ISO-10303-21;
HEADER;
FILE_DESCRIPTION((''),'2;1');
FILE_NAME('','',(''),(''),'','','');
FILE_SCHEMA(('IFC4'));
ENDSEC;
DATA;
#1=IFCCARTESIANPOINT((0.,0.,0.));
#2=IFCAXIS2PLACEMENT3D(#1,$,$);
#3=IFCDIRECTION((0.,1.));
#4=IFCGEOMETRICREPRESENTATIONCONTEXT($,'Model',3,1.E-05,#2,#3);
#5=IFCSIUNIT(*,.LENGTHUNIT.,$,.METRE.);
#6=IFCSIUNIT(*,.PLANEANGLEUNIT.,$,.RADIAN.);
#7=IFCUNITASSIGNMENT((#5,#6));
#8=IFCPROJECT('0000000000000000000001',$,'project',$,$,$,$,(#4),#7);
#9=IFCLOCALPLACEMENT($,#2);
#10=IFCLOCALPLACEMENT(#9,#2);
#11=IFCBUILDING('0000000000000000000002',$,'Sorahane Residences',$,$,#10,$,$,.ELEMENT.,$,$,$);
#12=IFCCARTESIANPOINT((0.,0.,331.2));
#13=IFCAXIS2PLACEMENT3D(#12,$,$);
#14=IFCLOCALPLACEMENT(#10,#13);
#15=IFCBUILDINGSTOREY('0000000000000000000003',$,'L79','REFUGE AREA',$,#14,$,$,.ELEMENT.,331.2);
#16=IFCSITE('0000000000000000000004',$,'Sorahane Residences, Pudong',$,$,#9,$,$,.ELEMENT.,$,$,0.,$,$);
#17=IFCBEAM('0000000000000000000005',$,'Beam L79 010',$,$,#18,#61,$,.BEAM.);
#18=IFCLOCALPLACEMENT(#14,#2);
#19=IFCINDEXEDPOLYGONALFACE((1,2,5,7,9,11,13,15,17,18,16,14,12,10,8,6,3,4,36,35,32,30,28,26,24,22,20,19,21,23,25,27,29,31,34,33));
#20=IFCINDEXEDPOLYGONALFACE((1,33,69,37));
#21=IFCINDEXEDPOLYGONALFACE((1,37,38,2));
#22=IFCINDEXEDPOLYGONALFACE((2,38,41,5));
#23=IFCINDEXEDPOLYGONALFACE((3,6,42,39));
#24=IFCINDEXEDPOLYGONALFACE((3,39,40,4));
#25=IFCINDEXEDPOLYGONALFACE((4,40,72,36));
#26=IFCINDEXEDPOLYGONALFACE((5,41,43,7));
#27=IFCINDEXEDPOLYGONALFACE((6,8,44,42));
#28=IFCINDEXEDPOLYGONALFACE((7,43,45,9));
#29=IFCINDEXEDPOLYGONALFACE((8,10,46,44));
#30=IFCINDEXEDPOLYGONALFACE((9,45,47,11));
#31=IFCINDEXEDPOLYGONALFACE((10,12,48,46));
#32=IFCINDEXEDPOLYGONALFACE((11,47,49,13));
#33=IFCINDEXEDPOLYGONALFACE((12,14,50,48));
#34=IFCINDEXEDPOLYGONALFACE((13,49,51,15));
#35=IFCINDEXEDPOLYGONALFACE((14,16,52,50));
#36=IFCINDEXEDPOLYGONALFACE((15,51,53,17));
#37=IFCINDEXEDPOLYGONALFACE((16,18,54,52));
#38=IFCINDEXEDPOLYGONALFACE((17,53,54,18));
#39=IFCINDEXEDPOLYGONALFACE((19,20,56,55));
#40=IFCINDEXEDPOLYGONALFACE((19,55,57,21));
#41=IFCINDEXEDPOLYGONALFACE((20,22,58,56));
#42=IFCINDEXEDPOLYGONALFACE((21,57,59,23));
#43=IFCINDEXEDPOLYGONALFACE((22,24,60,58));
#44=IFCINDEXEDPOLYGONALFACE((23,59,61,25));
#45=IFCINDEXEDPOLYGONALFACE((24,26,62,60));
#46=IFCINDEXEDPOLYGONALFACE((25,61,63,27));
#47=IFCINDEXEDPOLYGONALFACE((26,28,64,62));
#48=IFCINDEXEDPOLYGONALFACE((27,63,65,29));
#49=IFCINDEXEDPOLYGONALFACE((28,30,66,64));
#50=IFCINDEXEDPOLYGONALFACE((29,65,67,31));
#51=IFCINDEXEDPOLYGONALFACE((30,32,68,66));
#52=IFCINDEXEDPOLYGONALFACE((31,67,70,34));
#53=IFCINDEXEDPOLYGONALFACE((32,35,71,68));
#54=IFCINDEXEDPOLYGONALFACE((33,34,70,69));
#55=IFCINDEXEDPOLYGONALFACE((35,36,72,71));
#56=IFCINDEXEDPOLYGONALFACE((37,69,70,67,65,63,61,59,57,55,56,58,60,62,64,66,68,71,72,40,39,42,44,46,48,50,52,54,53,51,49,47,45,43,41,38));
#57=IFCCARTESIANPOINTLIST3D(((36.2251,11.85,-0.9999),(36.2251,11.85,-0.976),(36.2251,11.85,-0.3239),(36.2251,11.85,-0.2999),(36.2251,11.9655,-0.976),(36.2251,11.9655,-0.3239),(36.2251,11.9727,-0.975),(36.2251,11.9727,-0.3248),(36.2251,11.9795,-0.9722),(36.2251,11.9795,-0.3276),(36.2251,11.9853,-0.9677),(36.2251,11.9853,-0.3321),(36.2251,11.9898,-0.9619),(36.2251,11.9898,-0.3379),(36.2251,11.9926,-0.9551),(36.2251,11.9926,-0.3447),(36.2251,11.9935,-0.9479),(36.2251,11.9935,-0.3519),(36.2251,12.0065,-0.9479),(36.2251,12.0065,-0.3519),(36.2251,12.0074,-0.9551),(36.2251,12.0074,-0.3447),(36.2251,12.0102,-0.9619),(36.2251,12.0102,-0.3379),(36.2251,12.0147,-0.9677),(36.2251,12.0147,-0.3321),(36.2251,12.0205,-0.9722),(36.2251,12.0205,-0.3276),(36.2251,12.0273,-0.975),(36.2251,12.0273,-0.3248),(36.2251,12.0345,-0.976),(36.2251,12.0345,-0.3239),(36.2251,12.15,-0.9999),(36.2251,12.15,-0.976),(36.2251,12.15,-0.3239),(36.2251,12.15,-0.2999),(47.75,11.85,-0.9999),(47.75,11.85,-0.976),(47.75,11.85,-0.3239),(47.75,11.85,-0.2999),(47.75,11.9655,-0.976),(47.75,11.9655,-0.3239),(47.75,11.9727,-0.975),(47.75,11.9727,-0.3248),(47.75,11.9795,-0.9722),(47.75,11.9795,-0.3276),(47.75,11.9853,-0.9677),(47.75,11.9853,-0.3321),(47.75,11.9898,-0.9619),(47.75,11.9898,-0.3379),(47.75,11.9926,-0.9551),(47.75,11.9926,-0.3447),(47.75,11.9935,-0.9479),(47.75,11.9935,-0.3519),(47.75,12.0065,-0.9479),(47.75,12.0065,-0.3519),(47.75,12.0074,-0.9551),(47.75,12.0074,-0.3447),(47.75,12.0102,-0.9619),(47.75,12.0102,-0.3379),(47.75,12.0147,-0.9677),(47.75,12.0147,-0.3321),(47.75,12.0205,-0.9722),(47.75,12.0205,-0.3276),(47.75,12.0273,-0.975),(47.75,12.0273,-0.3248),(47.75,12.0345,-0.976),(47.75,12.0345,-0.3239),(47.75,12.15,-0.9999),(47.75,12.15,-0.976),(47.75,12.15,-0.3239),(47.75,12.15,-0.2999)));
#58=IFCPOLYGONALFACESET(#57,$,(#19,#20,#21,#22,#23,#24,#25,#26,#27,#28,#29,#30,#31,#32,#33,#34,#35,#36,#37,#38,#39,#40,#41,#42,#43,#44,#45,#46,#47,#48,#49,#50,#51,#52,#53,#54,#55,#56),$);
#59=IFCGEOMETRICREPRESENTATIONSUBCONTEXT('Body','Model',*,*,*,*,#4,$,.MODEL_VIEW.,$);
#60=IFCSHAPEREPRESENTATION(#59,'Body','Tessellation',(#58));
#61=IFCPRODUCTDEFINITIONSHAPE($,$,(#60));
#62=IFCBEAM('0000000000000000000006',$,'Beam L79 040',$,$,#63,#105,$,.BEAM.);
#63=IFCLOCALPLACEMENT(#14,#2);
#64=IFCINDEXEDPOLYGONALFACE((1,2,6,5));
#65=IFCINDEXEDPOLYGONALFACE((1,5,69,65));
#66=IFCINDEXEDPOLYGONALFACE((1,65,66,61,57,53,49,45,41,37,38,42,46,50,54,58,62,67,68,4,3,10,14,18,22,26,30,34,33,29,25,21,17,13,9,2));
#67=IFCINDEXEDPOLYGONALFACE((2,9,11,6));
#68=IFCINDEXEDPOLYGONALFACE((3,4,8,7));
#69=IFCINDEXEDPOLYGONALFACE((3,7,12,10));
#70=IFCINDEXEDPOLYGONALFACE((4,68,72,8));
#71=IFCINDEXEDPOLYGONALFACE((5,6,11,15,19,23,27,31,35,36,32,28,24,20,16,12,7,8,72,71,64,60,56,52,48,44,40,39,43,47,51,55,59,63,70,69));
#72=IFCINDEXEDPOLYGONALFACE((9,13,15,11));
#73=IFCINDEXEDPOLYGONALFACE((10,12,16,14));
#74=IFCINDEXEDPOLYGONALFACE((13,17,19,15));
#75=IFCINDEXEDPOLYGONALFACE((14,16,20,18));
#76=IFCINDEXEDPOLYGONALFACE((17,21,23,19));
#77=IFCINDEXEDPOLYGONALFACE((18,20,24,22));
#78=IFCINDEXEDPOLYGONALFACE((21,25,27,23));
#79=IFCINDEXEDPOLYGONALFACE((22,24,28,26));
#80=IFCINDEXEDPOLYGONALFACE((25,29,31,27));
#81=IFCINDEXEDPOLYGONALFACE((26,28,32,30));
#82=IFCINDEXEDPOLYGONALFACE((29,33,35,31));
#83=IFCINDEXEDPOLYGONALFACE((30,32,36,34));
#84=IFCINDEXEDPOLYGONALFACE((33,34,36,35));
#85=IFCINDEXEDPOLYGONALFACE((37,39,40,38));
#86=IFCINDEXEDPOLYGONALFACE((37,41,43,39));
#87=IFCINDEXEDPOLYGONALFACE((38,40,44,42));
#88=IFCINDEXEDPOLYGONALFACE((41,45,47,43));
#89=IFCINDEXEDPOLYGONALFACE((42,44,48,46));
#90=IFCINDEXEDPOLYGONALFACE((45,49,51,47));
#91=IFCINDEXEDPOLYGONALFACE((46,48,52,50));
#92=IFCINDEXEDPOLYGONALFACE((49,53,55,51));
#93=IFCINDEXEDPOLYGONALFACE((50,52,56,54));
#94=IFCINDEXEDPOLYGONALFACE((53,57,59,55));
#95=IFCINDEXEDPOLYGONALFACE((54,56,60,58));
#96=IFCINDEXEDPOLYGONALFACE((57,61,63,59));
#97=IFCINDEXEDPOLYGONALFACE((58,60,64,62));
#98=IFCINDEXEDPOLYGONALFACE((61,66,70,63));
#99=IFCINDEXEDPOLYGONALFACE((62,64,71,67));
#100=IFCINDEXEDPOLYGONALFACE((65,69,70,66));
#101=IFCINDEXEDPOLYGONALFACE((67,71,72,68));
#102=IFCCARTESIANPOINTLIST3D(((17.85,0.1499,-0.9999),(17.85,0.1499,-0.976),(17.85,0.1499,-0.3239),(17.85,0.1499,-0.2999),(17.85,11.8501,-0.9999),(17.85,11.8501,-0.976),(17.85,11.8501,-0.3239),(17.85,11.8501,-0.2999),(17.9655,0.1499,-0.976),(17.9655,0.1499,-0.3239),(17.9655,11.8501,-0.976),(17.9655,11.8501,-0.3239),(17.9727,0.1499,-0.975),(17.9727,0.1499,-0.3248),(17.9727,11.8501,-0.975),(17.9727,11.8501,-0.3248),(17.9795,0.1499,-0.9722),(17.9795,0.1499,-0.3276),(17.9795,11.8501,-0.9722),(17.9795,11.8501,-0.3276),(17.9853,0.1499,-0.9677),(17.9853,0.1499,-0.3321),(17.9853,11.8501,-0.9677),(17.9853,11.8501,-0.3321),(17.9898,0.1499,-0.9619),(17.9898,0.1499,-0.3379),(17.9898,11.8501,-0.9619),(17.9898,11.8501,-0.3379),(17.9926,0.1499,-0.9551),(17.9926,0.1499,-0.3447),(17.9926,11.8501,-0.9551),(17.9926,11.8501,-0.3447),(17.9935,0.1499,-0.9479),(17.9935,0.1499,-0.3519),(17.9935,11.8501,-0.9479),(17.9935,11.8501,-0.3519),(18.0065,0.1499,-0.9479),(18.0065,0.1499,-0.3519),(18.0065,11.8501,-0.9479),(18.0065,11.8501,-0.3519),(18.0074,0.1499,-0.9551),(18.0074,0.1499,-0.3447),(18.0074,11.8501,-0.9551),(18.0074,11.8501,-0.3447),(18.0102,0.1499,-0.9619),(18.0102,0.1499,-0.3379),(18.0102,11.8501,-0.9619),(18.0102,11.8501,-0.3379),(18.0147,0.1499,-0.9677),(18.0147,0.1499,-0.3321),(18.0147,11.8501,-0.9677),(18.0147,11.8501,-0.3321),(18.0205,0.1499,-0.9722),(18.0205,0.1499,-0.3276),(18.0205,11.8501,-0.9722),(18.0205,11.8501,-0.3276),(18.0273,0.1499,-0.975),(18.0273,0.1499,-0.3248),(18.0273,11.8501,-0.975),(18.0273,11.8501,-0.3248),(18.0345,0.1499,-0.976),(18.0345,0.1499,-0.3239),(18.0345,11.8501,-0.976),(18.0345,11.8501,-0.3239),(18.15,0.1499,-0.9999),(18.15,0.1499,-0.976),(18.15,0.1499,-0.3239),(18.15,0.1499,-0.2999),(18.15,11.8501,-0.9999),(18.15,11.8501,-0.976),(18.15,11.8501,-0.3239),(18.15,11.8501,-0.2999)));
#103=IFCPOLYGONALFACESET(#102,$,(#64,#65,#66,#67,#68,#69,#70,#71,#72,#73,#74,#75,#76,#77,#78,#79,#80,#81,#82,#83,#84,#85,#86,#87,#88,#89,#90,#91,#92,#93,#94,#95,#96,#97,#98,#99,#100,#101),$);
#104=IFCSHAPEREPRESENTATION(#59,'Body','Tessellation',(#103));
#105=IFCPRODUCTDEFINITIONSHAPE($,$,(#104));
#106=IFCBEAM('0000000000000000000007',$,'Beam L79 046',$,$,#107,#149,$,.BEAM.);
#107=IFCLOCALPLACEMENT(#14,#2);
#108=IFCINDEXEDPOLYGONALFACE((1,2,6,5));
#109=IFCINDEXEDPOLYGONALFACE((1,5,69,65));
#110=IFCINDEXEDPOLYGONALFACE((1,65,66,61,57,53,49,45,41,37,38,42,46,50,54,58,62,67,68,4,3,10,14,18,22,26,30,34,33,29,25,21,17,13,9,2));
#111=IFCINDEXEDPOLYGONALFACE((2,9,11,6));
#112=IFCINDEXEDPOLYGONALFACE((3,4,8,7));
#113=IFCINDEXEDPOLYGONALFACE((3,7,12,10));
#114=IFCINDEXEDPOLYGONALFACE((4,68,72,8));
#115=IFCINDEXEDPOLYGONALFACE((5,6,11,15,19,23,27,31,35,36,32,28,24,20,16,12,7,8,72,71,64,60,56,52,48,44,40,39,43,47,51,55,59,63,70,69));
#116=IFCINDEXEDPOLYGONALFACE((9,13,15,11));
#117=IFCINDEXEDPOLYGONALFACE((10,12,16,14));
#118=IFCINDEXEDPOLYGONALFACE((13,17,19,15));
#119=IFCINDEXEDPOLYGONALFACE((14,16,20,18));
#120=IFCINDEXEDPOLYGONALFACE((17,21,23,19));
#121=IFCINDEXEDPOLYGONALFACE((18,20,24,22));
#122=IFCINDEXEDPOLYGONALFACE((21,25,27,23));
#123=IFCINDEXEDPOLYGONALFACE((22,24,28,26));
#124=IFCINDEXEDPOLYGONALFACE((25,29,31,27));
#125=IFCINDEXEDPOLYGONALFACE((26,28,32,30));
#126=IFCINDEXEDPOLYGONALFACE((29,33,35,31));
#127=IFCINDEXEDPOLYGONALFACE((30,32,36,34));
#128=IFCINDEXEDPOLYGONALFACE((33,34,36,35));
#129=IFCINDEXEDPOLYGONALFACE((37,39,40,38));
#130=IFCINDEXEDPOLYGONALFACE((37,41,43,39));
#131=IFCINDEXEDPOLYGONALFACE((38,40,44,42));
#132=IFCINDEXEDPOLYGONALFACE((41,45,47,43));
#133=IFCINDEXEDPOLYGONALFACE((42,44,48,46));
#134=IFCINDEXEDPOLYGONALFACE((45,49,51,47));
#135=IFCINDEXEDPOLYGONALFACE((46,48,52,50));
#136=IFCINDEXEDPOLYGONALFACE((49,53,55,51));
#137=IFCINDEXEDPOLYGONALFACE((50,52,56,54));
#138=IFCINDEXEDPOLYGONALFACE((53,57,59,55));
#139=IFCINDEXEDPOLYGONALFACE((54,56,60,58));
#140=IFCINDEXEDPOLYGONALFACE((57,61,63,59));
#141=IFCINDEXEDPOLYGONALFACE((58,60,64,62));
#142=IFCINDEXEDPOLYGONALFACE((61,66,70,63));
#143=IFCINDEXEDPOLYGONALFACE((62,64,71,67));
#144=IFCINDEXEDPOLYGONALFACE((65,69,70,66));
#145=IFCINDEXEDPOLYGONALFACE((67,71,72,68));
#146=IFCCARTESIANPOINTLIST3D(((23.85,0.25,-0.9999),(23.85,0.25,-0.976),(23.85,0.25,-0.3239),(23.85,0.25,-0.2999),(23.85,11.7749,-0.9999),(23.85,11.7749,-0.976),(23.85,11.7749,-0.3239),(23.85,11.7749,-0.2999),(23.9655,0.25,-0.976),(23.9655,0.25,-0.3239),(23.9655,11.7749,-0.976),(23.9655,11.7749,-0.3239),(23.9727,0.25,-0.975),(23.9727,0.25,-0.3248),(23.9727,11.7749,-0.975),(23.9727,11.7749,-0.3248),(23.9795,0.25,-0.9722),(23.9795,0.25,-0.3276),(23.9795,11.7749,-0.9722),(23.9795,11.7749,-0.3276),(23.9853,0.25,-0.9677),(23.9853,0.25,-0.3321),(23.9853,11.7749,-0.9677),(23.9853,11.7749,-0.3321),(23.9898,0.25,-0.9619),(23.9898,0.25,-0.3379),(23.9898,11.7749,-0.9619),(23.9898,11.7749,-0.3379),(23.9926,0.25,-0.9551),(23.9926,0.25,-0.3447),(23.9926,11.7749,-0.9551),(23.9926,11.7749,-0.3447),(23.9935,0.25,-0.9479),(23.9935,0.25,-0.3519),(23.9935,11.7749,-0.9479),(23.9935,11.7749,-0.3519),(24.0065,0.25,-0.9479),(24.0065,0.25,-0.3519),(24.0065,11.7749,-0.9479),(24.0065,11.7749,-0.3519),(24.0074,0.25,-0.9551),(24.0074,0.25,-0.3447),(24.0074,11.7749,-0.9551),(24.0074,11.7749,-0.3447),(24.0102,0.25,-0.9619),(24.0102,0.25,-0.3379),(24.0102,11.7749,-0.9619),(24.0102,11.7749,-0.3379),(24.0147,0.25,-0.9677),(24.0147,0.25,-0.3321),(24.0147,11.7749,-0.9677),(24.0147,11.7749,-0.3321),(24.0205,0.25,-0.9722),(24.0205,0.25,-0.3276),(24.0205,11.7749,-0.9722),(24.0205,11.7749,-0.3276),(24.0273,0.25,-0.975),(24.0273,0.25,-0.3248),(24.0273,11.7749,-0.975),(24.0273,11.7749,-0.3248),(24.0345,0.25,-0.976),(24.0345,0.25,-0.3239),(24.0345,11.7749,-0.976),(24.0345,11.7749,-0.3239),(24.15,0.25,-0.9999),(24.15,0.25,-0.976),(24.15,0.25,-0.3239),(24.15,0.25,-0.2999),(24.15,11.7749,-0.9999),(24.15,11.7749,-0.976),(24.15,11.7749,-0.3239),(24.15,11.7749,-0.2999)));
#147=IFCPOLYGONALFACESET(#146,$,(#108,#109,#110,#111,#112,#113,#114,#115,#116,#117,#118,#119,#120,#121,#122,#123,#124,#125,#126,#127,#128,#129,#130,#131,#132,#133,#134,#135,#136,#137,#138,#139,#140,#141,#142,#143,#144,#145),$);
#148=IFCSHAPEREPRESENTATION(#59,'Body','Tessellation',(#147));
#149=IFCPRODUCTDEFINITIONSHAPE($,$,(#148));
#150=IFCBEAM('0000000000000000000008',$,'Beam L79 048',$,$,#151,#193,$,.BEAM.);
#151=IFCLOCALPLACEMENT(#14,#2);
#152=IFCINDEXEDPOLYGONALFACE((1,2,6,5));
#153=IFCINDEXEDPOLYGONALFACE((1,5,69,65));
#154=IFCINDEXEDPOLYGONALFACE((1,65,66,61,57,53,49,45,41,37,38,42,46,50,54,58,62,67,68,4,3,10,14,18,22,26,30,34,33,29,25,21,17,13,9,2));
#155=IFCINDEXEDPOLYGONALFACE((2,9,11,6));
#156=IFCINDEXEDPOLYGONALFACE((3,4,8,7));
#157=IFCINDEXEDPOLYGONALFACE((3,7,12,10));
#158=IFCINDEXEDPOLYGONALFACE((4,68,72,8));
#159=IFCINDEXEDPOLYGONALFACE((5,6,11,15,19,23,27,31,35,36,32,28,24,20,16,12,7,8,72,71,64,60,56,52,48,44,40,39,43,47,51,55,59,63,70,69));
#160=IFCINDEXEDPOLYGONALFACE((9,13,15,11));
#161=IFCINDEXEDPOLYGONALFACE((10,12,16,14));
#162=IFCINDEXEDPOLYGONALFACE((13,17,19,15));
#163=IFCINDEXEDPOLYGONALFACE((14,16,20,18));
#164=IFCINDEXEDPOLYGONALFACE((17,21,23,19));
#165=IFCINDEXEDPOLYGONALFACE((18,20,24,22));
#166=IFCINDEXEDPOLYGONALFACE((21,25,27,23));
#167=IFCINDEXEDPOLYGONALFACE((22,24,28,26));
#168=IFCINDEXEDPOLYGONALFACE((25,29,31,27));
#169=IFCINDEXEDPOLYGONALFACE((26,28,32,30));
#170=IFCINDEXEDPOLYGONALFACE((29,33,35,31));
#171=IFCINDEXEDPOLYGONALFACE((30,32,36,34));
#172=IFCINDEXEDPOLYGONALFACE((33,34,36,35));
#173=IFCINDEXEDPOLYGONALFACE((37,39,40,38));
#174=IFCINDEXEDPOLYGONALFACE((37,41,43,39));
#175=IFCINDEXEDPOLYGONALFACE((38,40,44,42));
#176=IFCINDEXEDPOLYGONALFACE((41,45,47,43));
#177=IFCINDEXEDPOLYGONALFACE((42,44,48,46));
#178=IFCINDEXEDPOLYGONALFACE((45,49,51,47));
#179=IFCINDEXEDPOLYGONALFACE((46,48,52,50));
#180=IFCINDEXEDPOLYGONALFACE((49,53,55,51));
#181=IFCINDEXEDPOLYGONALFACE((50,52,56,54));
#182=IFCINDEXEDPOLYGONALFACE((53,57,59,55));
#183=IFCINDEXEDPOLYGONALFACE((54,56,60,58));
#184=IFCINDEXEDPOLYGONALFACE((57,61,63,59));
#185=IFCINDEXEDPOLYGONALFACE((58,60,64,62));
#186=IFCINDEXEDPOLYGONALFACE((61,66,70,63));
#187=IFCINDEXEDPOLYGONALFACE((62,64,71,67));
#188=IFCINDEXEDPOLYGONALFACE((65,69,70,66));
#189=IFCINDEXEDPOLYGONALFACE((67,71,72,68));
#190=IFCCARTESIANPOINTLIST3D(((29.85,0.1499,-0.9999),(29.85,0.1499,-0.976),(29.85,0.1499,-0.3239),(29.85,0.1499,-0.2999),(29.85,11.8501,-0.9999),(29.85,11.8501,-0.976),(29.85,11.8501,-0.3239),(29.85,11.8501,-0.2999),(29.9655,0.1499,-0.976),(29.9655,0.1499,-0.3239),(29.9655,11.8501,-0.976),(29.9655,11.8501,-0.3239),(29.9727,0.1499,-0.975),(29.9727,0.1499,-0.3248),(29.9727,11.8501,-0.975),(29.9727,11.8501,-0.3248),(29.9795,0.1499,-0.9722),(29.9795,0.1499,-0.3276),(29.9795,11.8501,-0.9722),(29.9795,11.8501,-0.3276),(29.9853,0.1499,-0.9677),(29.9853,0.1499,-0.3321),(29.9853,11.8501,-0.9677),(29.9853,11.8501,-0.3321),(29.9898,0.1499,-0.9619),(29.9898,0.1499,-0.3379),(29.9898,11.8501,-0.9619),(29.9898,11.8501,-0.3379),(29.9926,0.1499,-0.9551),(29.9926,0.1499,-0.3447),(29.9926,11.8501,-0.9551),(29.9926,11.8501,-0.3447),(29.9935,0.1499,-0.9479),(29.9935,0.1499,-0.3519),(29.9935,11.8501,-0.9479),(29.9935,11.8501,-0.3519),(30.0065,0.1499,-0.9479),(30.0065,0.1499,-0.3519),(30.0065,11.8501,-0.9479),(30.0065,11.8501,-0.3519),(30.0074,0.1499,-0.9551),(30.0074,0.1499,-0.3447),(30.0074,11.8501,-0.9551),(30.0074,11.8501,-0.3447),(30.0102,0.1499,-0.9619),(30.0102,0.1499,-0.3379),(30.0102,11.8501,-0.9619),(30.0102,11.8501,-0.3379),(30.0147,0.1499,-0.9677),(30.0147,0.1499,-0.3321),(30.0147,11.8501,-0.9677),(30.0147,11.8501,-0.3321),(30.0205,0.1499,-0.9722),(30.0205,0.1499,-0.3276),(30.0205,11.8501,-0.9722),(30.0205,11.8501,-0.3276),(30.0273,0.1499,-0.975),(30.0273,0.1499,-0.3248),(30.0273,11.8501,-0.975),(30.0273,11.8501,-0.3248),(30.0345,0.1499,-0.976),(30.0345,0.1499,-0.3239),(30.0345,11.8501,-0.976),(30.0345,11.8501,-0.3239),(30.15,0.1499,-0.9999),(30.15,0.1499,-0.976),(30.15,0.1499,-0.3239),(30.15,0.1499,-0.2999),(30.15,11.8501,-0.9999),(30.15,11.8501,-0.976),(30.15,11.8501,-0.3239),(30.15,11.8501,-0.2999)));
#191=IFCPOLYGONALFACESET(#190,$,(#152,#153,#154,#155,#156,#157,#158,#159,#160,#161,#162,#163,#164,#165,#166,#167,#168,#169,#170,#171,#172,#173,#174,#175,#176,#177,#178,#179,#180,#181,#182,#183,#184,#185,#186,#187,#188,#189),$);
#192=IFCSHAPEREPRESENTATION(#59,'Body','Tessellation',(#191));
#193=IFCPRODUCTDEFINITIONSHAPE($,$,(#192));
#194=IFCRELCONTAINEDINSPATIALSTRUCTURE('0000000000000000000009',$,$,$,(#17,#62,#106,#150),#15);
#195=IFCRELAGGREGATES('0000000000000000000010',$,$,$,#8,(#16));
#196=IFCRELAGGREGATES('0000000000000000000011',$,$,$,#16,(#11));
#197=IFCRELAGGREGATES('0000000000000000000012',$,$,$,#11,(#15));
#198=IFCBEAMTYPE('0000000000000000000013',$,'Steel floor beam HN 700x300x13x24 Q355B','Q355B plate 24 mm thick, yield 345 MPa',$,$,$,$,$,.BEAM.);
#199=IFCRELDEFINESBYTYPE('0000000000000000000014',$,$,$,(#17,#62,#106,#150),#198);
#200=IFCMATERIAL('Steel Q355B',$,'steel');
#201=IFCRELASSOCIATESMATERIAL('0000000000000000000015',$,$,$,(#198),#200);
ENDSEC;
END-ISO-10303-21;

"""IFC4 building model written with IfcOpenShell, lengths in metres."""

from ifc_helpers import new_model, si_unit, direction, frame, origin, origin_2d, place, context, subcontext, project, spatial, i_section, extrude, material, material_profile, profile_set, type_object, element, save


model = new_model("IFC4")

# Units and contexts
model_context = context("Model", 3, precision=1e-05, world=origin(), true_north=direction((0.0, 1.0)))
body_context = subcontext(model_context, "Body", "Model", "MODEL_VIEW")
ifc_project = project(units=[si_unit("LENGTHUNIT", "METRE"), si_unit("PLANEANGLEUNIT", "RADIAN")], contexts=[model_context])

# Site, building, storey
site_placement = place(None, origin())
site = spatial("IfcSite", under=ifc_project, at=site_placement, Name="Sorahane Residences, Pudong", CompositionType="ELEMENT", RefElevation=0.0)
building_placement = place(site_placement, origin())
building = spatial("IfcBuilding", under=site, at=building_placement, Name="Sorahane Residences", CompositionType="ELEMENT")
storey_placement = place(building_placement, frame((0.0, 0.0, 331.2)))
storey = spatial("IfcBuildingStorey", under=building, at=storey_placement, Name="L79", Description="REFUGE AREA", CompositionType="ELEMENT", Elevation=331.2)

# Beams
ifc_material_1 = material(Name="Steel Q355B", Category="steel")
ifc_material_profile_1 = material_profile(ifc_material_1, i_section(OverallWidth=0.3, OverallDepth=0.7, WebThickness=0.0129, FlangeThickness=0.0239, FilletRadius=0.0281, at=origin_2d()), Name="HN 700x300x13x24")
ifc_profile_set_1 = profile_set([ifc_material_profile_1], Name="Steel Q355B")
beam_type_1 = type_object("IfcBeamType", Name="Steel floor beam HN 700x300x13x24 Q355B", Description="Q355B plate 24 mm thick, yield 345 MPa", PredefinedType="BEAM", material=ifc_profile_set_1)
beam_1_placement = place(storey_placement, frame((36.2251, 12.0, -0.6499), z_axis=(1.0, 0.0, 0.0), x_axis=(0.0, 1.0, 0.0)))
element("IfcBeam", 1, at=beam_1_placement, inside=storey, type_object=beam_type_1, Name="Beam L79 010", PredefinedType="BEAM", context=body_context, shape_type="SweptSolid", body=[
    extrude(i_section(OverallWidth=0.3, OverallDepth=0.7, WebThickness=0.0129, FlangeThickness=0.0239, FilletRadius=0.0281, at=origin_2d()), origin(), (0.0, 0.0, 1.0), 11.5249),
])
beam_2_placement = place(storey_placement, frame((18.0, 0.1499, -0.6499), z_axis=(0.0, 1.0, 0.0), x_axis=(-1.0, 0.0, 0.0)))
element("IfcBeam", 2, at=beam_2_placement, inside=storey, type_object=beam_type_1, Name="Beam L79 040", PredefinedType="BEAM", context=body_context, shape_type="SweptSolid", body=[
    extrude(i_section(OverallWidth=0.3, OverallDepth=0.7, WebThickness=0.0129, FlangeThickness=0.0239, FilletRadius=0.0281, at=origin_2d()), origin(), (0.0, 0.0, 1.0), 11.7002),
])
beam_3_placement = place(storey_placement, frame((24.0, 0.25, -0.6499), z_axis=(0.0, 1.0, 0.0), x_axis=(-1.0, 0.0, 0.0)))
element("IfcBeam", 3, at=beam_3_placement, inside=storey, type_object=beam_type_1, Name="Beam L79 046", PredefinedType="BEAM", context=body_context, shape_type="SweptSolid", body=[
    extrude(i_section(OverallWidth=0.3, OverallDepth=0.7, WebThickness=0.0129, FlangeThickness=0.0239, FilletRadius=0.0281, at=origin_2d()), origin(), (0.0, 0.0, 1.0), 11.5249),
])
beam_4_placement = place(storey_placement, frame((30.0, 0.1499, -0.6499), z_axis=(0.0, 1.0, 0.0), x_axis=(-1.0, 0.0, 0.0)))
element("IfcBeam", 4, at=beam_4_placement, inside=storey, type_object=beam_type_1, Name="Beam L79 048", PredefinedType="BEAM", context=body_context, shape_type="SweptSolid", body=[
    extrude(i_section(OverallWidth=0.3, OverallDepth=0.7, WebThickness=0.0129, FlangeThickness=0.0239, FilletRadius=0.0281, at=origin_2d()), origin(), (0.0, 0.0, 1.0), 11.7002),
])

save(model, "model.ifc")
